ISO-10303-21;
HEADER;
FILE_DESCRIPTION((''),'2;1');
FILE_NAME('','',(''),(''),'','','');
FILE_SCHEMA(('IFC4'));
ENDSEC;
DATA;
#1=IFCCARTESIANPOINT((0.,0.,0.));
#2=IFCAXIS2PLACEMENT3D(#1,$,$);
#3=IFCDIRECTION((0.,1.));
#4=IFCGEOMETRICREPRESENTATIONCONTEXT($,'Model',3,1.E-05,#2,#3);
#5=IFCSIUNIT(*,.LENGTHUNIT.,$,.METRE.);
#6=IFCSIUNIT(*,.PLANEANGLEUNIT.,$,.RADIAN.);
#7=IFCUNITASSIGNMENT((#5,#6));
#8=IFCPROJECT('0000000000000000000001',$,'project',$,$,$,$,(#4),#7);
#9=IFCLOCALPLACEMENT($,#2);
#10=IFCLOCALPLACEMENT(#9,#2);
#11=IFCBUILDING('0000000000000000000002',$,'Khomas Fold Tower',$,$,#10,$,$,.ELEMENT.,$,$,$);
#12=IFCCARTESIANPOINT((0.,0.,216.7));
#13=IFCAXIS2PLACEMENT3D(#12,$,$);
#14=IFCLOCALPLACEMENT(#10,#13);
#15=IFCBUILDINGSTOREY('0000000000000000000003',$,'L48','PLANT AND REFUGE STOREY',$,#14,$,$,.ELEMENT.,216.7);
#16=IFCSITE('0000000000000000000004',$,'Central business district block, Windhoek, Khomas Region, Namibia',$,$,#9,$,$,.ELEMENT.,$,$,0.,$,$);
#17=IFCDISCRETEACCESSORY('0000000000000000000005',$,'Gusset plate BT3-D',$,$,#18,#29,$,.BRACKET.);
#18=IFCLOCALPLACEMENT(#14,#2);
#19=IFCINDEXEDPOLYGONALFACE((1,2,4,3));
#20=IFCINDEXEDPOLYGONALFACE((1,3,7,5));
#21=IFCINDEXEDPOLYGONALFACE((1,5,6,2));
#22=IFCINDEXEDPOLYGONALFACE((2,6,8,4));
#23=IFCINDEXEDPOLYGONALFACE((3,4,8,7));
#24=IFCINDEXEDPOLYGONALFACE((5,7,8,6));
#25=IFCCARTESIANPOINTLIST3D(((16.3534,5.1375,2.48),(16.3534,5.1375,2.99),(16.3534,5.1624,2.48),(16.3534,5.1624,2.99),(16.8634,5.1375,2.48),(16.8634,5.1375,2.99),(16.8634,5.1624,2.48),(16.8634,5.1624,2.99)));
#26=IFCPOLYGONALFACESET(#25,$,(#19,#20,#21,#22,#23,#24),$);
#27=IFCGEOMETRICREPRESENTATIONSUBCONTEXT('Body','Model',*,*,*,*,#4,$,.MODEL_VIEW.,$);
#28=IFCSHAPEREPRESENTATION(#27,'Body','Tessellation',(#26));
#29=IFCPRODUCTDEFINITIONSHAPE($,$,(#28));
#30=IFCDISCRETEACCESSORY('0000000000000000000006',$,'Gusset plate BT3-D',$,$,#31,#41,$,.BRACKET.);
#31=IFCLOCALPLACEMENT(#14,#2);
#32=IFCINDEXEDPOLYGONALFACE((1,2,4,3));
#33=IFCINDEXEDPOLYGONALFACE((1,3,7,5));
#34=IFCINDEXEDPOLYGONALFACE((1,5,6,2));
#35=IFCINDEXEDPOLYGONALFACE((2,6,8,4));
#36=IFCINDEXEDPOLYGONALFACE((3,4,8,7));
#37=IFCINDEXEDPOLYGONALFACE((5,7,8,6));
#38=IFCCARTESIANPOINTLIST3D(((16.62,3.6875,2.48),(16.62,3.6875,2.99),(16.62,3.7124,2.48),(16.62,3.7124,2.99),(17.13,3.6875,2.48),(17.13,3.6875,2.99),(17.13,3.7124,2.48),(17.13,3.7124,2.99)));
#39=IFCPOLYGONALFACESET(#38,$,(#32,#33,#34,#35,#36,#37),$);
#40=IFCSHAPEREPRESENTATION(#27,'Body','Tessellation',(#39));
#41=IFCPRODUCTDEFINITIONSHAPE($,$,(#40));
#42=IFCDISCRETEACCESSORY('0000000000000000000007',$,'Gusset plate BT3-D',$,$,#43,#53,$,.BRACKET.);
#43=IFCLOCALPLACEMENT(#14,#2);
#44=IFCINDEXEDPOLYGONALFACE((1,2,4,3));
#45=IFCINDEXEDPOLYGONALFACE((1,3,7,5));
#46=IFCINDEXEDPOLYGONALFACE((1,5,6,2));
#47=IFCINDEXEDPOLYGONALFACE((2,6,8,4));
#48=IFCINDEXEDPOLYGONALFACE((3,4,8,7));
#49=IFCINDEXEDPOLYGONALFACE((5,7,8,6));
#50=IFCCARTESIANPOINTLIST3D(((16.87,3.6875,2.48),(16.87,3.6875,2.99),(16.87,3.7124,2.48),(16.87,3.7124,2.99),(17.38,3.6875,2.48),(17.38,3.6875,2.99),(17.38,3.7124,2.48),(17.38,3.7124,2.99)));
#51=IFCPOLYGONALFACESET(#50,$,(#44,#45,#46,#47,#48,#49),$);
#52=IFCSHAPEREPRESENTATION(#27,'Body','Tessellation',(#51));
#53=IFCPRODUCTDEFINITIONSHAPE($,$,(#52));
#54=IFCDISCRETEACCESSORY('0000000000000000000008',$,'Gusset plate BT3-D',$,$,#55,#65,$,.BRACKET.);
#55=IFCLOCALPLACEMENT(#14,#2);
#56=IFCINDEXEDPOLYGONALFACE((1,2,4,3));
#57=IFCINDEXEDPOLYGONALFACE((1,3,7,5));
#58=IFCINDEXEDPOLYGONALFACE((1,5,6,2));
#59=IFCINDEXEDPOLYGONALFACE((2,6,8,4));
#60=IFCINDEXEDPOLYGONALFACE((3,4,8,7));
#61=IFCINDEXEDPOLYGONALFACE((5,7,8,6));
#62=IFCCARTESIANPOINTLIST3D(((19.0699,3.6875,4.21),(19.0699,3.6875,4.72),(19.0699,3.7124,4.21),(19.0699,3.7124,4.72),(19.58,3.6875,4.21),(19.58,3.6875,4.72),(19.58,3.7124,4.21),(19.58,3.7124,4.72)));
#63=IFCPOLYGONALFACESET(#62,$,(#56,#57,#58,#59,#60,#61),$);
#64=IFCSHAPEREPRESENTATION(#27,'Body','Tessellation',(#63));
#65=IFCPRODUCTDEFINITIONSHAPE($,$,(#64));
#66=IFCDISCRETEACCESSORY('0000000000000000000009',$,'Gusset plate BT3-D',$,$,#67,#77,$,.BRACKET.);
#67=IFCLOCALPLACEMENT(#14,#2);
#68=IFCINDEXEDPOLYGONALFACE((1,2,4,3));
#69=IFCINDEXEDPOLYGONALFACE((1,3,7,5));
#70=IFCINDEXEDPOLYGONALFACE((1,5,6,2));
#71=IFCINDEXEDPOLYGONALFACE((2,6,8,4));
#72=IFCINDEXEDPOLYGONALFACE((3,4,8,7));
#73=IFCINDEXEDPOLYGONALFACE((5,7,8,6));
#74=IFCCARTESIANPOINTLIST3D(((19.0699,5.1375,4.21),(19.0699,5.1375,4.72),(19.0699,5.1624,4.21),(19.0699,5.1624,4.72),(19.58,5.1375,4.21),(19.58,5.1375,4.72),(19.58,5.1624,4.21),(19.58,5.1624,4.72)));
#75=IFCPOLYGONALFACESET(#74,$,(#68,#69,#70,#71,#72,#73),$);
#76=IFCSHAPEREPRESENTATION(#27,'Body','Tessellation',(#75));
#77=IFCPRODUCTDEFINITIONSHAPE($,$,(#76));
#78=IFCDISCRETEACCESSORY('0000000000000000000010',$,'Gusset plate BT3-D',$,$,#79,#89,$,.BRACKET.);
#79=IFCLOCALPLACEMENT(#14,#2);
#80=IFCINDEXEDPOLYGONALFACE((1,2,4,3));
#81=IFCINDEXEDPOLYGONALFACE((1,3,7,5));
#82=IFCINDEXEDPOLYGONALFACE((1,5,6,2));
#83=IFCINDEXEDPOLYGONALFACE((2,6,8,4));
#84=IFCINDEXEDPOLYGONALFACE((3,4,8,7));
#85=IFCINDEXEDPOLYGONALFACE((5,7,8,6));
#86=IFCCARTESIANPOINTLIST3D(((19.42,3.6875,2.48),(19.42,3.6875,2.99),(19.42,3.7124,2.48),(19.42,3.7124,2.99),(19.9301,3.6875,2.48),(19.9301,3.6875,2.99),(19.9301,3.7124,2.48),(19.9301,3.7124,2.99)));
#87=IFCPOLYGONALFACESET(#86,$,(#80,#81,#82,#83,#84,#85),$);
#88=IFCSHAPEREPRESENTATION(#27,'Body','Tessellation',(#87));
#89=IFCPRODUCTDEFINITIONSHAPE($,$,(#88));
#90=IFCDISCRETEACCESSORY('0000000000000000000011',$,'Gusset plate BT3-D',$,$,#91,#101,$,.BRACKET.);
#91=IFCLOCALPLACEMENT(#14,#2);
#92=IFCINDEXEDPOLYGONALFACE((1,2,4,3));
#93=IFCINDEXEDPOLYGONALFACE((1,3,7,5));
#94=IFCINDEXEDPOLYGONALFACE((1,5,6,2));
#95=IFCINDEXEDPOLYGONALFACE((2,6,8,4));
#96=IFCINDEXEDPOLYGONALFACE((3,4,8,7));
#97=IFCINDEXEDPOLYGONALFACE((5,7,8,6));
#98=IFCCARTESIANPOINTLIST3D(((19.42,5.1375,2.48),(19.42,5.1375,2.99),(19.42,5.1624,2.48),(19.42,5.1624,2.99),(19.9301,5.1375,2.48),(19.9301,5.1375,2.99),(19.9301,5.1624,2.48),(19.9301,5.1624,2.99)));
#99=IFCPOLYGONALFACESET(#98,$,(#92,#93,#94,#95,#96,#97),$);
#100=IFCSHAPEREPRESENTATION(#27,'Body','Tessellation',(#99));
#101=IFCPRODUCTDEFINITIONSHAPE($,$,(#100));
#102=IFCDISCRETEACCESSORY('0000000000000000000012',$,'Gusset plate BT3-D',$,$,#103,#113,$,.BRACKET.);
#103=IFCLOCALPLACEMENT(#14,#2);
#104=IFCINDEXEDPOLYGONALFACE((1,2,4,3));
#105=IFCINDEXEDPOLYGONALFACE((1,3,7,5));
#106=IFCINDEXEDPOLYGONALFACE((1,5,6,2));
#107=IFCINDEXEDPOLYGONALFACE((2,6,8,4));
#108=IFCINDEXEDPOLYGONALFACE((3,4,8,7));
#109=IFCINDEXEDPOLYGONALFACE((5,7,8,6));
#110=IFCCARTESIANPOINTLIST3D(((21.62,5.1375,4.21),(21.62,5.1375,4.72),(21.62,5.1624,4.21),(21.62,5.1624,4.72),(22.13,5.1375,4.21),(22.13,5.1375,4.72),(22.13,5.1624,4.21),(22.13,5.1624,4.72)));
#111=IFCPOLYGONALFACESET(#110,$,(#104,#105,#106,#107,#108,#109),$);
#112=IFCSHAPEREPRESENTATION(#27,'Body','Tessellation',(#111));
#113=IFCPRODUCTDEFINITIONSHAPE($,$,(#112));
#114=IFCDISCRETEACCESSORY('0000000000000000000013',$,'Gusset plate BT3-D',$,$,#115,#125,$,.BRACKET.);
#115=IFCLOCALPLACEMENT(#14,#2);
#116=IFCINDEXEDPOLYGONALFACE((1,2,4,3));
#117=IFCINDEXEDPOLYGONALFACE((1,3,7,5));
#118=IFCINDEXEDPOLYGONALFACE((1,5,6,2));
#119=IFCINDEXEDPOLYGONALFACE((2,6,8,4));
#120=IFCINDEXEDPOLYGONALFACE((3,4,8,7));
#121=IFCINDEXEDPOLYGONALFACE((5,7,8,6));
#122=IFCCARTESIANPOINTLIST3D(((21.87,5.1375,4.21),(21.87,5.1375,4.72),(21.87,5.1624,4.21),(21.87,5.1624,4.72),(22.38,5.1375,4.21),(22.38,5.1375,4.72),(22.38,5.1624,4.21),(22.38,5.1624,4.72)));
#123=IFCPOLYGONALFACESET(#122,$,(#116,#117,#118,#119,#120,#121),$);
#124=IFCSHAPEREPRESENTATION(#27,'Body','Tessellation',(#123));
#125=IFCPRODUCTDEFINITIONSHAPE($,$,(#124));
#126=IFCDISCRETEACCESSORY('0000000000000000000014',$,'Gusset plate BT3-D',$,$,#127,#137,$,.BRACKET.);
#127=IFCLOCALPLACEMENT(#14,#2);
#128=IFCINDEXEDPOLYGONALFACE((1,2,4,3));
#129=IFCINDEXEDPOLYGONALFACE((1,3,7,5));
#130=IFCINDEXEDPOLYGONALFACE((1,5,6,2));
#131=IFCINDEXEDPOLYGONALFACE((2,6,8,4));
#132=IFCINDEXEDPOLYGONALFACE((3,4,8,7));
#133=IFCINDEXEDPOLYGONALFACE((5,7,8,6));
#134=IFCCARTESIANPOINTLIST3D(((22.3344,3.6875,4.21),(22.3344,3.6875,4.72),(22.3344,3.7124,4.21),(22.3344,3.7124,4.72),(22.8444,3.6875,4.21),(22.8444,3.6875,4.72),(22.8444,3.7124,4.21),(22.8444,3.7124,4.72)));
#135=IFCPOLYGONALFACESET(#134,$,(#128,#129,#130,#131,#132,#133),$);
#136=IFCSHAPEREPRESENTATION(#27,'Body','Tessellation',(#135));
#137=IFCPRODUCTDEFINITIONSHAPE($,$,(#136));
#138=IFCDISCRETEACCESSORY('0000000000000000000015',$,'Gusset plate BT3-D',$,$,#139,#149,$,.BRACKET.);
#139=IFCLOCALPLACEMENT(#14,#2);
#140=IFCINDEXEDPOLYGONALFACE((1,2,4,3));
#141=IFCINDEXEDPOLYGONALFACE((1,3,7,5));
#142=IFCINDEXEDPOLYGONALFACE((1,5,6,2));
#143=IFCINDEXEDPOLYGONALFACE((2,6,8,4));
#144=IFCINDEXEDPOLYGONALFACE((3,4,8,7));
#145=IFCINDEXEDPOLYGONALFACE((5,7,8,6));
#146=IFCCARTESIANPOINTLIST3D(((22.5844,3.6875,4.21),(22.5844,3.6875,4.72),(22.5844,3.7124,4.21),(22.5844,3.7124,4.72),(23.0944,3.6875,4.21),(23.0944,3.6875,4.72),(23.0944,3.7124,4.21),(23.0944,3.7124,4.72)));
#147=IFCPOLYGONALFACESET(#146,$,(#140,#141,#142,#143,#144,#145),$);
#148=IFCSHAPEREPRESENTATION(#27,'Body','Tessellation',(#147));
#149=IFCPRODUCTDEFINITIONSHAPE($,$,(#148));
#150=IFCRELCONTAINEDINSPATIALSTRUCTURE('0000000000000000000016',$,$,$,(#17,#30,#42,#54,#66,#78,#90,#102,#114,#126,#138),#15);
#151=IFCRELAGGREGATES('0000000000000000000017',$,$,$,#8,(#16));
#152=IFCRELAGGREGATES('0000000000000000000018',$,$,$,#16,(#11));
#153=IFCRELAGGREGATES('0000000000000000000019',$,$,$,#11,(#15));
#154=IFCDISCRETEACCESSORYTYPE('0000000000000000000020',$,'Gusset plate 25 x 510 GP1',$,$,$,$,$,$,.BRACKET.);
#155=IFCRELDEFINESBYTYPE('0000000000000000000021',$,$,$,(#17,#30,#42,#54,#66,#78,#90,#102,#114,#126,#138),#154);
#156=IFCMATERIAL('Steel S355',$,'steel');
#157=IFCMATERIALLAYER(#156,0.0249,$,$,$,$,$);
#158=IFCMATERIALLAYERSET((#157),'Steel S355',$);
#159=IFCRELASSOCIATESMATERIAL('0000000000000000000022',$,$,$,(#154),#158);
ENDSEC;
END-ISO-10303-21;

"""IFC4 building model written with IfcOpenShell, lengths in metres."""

from ifc_helpers import new_model, si_unit, direction, frame, origin, origin_2d, place, context, subcontext, project, spatial, rectangle, extrude, source, transform, mapped, material, layer, layer_set, type_object, element, save


model = new_model("IFC4")

# Units and contexts
model_context = context("Model", 3, precision=1e-05, world=origin(), true_north=direction((0.0, 1.0)))
body_context = subcontext(model_context, "Body", "Model", "MODEL_VIEW")
ifc_project = project(units=[si_unit("LENGTHUNIT", "METRE"), si_unit("PLANEANGLEUNIT", "RADIAN")], contexts=[model_context])

# Site, building, storey
site_placement = place(None, origin())
site = spatial("IfcSite", under=ifc_project, at=site_placement, Name="Central business district block, Windhoek, Khomas Region, Namibia", CompositionType="ELEMENT", RefElevation=0.0)
building_placement = place(site_placement, origin())
building = spatial("IfcBuilding", under=site, at=building_placement, Name="Khomas Fold Tower", CompositionType="ELEMENT")
storey_placement = place(building_placement, frame((0.0, 0.0, 216.7)))
storey = spatial("IfcBuildingStorey", under=building, at=storey_placement, Name="L48", Description="PLANT AND REFUGE STOREY", CompositionType="ELEMENT", Elevation=216.7)

# Discrete accessories
ifc_material_1 = material(Name="Steel S355", Category="steel")
ifc_layer_1 = layer(ifc_material_1, 0.0249)
ifc_layer_set_1 = layer_set([ifc_layer_1], Name="Steel S355")
discrete_accessory_type = type_object("IfcDiscreteAccessoryType", Name="Gusset plate 25 x 510 GP1", PredefinedType="BRACKET", material=ifc_layer_set_1)
shared_shape_1 = source(origin(), body_context, "Body", "SweptSolid", [
    extrude(rectangle(XDim=0.51, YDim=0.0249, at=origin_2d()), origin(), (0.0, 0.0, 1.0), 0.51),
])
for number, where, z_axis, x_axis, name in (
    (1, (16.6084, 5.1499, 2.48), (0.0, 0.0, 1.0), (1.0, 0.0, 0.0), "Gusset plate BT3-D"),
    (2, (16.875, 3.7, 2.48), (0.0, 0.0, 1.0), (1.0, 0.0, 0.0), "Gusset plate BT3-D"),
    (3, (17.125, 3.7, 2.48), (0.0, 0.0, 1.0), (1.0, 0.0, 0.0), "Gusset plate BT3-D"),
    (4, (19.325, 3.7, 4.21), (0.0, 0.0, 1.0), (1.0, 0.0, 0.0), "Gusset plate BT3-D"),
    (5, (19.325, 5.1499, 4.21), (0.0, 0.0, 1.0), (1.0, 0.0, 0.0), "Gusset plate BT3-D"),
    (6, (19.675, 3.7, 2.48), (0.0, 0.0, 1.0), (1.0, 0.0, 0.0), "Gusset plate BT3-D"),
    (7, (19.675, 5.1499, 2.48), (0.0, 0.0, 1.0), (1.0, 0.0, 0.0), "Gusset plate BT3-D"),
    (8, (21.875, 5.1499, 4.21), (0.0, 0.0, 1.0), (1.0, 0.0, 0.0), "Gusset plate BT3-D"),
    (9, (22.125, 5.1499, 4.21), (0.0, 0.0, 1.0), (1.0, 0.0, 0.0), "Gusset plate BT3-D"),
    (10, (22.5894, 3.7, 4.21), (0.0, 0.0, 1.0), (1.0, 0.0, 0.0), "Gusset plate BT3-D"),
    (11, (22.8394, 3.7, 4.21), (0.0, 0.0, 1.0), (1.0, 0.0, 0.0), "Gusset plate BT3-D"),
):
    element("IfcDiscreteAccessory", number, at=place(storey_placement, frame(where, z_axis=z_axis, x_axis=x_axis)), inside=storey, type_object=discrete_accessory_type, Name=name, PredefinedType="BRACKET", context=body_context, shape_type="MappedRepresentation", body=[
        mapped(shared_shape_1, transform((0.0, 0.0, 0.0))),
    ])

save(model, "model.ifc")
